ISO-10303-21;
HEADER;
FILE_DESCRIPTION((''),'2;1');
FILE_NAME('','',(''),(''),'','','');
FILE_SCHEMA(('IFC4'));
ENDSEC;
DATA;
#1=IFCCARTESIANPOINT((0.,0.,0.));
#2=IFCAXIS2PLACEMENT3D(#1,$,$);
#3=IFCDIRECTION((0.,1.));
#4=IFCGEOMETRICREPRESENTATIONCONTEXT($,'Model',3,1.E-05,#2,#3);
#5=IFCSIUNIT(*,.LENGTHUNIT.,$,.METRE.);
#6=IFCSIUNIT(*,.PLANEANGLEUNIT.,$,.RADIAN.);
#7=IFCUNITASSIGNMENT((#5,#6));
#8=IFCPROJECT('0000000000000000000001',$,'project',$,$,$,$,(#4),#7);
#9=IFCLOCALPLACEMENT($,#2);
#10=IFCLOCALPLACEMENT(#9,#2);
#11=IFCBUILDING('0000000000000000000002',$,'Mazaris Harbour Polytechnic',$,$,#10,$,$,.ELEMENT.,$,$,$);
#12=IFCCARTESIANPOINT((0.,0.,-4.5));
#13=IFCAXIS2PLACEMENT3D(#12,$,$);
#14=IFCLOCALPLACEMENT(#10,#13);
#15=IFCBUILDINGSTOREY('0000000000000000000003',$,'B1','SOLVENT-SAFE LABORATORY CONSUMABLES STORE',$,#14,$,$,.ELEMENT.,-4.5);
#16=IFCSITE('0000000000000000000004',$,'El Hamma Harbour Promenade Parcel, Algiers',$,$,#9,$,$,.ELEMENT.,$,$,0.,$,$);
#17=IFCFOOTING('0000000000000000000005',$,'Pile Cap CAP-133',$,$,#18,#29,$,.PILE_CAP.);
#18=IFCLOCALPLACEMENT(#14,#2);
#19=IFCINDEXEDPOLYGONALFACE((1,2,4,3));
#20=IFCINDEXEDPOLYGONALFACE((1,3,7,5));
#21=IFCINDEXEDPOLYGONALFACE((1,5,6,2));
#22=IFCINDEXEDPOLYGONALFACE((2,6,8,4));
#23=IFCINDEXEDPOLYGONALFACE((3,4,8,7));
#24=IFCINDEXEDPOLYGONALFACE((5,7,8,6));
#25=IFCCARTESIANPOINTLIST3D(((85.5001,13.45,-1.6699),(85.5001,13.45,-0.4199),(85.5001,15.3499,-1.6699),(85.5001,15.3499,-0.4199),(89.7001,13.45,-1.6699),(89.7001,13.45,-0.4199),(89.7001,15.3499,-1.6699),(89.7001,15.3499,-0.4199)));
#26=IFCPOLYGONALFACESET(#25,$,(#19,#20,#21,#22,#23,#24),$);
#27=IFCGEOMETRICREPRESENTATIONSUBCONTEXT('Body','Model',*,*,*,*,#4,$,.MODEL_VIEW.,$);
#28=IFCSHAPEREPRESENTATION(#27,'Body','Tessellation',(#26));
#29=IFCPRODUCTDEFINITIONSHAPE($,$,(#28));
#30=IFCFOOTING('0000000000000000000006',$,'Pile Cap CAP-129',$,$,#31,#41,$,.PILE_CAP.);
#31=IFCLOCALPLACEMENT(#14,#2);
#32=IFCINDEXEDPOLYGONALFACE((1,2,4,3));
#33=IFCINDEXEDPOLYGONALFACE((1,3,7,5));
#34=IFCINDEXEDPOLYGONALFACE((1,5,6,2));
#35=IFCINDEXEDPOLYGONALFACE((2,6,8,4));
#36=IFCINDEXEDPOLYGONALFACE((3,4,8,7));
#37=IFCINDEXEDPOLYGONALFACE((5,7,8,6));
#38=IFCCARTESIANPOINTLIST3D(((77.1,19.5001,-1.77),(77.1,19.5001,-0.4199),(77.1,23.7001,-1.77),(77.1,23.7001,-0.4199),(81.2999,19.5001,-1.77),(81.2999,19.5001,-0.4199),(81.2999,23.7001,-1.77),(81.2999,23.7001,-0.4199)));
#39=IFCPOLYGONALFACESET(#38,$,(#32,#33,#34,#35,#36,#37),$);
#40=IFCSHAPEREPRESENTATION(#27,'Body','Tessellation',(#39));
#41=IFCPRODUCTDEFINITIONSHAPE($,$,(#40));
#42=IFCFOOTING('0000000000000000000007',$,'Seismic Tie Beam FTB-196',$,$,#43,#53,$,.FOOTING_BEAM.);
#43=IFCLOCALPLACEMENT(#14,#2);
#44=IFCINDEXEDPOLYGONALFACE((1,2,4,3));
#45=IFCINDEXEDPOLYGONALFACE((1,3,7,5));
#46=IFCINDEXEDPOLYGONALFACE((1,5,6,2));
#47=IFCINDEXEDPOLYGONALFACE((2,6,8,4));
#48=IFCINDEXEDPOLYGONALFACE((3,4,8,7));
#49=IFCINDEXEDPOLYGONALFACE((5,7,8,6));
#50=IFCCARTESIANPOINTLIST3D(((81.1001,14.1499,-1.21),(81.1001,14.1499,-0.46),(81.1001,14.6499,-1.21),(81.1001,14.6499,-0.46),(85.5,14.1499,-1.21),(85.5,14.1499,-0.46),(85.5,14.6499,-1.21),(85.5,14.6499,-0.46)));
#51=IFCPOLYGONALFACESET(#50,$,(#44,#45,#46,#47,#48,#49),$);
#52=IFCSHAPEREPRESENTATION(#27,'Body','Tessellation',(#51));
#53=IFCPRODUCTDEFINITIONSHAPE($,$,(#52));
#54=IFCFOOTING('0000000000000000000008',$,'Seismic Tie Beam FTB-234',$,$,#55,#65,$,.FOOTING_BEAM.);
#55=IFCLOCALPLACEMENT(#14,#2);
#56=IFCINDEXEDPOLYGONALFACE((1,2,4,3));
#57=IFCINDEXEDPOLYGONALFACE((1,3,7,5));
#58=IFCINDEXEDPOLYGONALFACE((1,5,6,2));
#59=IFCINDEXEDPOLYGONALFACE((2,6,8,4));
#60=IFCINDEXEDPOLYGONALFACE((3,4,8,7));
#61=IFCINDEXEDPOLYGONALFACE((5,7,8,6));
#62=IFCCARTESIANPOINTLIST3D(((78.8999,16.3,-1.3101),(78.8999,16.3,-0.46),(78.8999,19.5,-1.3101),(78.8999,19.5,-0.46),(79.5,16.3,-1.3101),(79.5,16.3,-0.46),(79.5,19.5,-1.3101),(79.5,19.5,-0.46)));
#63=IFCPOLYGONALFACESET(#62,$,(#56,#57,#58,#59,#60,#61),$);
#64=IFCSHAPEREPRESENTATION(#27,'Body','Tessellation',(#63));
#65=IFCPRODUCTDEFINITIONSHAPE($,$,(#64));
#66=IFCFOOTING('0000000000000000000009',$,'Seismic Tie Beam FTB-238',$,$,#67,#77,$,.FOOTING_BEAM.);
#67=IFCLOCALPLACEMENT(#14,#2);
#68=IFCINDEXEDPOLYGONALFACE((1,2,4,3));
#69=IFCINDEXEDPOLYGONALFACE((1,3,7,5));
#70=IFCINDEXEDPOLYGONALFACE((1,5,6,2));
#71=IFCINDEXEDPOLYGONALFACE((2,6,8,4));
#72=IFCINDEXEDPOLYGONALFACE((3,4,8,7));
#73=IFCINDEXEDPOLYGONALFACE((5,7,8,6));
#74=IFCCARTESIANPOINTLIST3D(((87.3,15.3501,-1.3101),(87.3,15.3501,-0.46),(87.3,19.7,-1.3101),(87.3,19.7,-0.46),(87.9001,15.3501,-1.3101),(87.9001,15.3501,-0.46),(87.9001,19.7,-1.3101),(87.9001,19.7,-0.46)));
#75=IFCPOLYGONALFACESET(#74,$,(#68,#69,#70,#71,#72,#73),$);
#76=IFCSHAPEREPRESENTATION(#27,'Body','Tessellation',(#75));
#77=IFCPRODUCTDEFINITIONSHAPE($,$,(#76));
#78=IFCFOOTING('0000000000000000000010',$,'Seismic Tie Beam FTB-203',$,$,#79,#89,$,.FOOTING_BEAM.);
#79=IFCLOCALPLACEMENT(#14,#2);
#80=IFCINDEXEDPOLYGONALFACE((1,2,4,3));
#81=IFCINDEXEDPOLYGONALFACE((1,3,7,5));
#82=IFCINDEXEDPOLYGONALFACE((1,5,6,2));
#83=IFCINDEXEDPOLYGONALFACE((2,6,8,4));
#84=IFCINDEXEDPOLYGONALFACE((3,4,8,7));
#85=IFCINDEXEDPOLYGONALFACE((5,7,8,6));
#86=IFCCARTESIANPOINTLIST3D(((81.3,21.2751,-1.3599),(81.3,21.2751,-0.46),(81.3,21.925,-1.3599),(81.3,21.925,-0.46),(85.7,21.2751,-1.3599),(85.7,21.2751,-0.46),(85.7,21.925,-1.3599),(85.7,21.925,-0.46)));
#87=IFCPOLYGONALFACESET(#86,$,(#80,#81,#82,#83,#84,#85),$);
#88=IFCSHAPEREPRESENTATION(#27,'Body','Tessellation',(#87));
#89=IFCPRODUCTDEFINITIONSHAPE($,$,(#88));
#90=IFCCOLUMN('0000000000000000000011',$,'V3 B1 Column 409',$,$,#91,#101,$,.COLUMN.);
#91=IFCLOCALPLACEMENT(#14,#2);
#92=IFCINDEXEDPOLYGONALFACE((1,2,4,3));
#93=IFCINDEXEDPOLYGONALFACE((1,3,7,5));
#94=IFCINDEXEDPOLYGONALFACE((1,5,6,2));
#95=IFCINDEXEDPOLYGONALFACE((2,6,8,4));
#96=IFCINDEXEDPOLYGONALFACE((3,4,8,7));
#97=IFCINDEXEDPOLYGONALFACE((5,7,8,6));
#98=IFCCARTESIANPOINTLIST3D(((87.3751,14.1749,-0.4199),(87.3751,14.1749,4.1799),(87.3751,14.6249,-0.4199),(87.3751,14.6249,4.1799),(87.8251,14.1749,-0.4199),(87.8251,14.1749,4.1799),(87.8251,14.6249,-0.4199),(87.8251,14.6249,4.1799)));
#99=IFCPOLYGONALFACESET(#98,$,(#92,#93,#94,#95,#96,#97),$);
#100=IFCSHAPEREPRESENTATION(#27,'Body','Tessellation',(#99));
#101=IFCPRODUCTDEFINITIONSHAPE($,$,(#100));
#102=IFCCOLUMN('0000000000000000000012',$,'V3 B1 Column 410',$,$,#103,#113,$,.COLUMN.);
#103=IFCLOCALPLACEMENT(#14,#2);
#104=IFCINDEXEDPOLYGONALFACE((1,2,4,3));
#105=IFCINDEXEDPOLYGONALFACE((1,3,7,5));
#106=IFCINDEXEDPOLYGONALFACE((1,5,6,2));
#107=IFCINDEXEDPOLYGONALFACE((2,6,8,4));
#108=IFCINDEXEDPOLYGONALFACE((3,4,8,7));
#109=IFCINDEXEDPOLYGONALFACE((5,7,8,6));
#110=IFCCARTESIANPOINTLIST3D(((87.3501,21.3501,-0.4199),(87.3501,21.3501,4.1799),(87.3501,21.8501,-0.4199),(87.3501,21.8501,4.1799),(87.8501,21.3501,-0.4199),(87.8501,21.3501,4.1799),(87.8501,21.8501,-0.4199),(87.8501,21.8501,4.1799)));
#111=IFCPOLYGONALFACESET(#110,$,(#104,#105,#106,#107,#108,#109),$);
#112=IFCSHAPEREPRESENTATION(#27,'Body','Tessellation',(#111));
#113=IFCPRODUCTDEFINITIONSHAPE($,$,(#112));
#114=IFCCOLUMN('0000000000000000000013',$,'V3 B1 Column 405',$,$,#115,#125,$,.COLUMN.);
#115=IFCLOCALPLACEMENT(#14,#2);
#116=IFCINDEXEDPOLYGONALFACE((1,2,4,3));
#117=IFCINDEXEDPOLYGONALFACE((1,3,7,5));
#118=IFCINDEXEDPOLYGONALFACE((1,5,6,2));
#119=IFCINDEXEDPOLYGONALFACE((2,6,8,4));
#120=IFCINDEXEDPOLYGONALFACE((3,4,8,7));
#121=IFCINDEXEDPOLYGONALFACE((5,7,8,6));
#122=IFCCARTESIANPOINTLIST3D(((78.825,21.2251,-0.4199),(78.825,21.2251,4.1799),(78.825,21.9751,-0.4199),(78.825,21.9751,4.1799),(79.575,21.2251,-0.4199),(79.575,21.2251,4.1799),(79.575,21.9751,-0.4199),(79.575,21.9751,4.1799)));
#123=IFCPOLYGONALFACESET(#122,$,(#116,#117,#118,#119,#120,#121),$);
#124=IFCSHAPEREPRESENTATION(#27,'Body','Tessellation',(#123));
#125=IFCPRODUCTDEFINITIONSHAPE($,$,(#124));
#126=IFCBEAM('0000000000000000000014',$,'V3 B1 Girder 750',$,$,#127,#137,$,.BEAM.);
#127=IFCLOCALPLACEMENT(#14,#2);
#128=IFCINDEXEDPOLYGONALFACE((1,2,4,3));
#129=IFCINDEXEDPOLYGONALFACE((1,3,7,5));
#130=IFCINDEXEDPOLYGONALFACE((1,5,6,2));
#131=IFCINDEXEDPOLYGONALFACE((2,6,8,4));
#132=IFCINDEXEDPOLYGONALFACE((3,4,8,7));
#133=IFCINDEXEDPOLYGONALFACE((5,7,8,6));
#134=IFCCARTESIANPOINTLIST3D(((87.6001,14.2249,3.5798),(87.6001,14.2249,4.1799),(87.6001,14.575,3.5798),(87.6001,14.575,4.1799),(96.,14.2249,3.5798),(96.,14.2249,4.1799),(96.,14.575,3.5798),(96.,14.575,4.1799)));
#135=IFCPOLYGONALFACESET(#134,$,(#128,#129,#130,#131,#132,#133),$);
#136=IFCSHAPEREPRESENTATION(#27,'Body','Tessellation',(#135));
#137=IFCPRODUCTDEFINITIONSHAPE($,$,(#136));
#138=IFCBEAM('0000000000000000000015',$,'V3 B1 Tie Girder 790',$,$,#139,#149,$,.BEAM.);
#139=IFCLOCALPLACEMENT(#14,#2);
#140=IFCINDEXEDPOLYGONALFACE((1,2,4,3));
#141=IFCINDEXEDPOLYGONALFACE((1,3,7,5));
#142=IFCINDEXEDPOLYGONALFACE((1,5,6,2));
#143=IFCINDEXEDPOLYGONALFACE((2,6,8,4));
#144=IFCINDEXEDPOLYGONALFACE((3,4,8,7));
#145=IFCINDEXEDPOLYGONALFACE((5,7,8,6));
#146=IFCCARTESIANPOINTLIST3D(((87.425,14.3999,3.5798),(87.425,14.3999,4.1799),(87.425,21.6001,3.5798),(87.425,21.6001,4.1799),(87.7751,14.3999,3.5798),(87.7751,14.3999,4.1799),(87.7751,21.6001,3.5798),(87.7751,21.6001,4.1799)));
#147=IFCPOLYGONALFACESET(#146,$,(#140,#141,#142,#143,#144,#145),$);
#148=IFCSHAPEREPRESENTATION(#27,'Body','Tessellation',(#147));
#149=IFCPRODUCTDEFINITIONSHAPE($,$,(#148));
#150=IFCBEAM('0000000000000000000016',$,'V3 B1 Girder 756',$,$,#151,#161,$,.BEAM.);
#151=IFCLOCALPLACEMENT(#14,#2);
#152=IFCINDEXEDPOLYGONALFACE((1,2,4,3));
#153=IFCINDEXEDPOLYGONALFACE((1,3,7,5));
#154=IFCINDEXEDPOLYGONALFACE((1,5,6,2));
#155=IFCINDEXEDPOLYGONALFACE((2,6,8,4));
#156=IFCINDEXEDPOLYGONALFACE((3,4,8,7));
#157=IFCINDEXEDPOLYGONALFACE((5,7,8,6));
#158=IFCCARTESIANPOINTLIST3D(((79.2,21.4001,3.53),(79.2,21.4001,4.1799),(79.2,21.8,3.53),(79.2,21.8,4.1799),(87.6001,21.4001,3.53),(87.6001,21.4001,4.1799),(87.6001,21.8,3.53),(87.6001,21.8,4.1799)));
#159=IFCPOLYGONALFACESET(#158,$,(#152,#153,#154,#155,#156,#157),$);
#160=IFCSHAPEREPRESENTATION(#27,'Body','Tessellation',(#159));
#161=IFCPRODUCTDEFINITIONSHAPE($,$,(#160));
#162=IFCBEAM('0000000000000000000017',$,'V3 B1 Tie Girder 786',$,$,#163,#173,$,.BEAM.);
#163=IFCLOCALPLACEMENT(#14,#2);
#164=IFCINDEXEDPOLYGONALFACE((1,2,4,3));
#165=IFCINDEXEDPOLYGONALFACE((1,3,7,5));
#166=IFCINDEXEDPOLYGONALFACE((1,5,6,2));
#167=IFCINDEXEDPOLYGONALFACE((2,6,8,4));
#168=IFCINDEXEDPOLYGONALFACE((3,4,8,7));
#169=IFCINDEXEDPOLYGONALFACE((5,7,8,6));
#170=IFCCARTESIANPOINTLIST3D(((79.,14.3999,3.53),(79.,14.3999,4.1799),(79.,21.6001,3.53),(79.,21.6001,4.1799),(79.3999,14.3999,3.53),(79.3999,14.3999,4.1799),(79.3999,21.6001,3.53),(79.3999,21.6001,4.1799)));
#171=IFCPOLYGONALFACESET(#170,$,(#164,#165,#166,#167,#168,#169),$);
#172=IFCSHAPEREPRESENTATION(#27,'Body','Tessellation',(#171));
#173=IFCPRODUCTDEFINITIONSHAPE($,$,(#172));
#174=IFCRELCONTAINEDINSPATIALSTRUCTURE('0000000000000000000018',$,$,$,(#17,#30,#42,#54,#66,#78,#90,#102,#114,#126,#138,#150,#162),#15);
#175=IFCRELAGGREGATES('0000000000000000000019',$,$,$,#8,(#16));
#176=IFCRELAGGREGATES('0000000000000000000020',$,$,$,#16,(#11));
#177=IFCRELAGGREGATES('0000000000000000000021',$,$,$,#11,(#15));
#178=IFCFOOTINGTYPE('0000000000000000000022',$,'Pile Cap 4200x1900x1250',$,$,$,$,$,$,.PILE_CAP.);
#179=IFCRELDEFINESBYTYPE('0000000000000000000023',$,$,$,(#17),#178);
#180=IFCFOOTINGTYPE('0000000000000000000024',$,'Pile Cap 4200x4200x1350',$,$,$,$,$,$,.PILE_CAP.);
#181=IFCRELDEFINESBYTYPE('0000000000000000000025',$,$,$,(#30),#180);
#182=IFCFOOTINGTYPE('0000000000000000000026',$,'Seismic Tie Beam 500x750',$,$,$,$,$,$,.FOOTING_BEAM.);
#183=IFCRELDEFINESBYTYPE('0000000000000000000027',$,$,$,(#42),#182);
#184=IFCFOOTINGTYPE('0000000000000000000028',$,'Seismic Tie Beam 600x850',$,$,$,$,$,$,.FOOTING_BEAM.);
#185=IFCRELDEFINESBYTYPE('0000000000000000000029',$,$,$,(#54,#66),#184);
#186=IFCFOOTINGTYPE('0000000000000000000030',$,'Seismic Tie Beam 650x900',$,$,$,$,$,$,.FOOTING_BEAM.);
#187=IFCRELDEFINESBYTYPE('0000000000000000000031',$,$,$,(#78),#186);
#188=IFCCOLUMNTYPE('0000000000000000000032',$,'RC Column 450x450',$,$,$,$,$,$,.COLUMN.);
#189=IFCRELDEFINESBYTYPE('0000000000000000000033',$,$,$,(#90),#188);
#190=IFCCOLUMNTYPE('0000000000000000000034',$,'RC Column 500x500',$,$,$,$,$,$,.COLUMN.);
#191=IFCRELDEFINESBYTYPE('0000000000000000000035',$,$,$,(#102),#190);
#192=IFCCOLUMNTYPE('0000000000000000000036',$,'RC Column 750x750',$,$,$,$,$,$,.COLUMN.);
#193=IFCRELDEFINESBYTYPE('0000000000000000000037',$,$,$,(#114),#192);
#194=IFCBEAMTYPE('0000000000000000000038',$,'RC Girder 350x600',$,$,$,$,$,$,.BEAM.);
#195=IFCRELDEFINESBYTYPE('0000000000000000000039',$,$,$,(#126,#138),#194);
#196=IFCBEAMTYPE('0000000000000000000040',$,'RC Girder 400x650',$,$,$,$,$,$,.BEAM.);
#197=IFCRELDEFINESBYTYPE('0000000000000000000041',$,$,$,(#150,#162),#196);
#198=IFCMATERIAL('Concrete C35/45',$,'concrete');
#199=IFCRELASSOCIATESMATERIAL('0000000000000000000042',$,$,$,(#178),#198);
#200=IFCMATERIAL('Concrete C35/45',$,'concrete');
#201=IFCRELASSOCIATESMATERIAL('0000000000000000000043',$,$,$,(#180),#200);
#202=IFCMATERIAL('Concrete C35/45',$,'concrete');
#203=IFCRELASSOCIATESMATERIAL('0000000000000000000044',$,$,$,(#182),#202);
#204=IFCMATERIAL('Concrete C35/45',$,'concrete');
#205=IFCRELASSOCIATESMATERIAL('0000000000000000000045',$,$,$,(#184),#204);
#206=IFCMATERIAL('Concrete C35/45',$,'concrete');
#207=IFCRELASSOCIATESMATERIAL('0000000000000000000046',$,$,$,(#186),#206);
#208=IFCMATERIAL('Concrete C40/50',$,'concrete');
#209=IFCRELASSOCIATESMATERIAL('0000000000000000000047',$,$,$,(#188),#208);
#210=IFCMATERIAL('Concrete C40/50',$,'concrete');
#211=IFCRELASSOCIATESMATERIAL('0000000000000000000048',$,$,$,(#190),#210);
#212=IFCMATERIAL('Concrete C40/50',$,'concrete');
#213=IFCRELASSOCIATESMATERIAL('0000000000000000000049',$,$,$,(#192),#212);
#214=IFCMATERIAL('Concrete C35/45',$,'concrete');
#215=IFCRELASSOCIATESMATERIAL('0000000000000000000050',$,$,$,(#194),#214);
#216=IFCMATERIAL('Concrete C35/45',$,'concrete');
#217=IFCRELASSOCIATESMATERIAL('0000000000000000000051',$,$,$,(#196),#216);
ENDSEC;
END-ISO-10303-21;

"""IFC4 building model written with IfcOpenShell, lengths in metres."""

from ifc_helpers import new_model, si_unit, direction, frame, origin, origin_2d, place, context, subcontext, project, spatial, rectangle, extrude, material, material_profile, profile_set, type_object, element, save


model = new_model("IFC4")

# Units and contexts
model_context = context("Model", 3, precision=1e-05, world=origin(), true_north=direction((0.0, 1.0)))
body_context = subcontext(model_context, "Body", "Model", "MODEL_VIEW")
ifc_project = project(units=[si_unit("LENGTHUNIT", "METRE"), si_unit("PLANEANGLEUNIT", "RADIAN")], contexts=[model_context])

# Site, building, storey
site_placement = place(None, origin())
site = spatial("IfcSite", under=ifc_project, at=site_placement, Name="El Hamma Harbour Promenade Parcel, Algiers", CompositionType="ELEMENT", RefElevation=0.0)
building_placement = place(site_placement, origin())
building = spatial("IfcBuilding", under=site, at=building_placement, Name="Mazaris Harbour Polytechnic", CompositionType="ELEMENT")
storey_placement = place(building_placement, frame((0.0, 0.0, -4.5)))
storey = spatial("IfcBuildingStorey", under=building, at=storey_placement, Name="B1", Description="SOLVENT-SAFE LABORATORY CONSUMABLES STORE", CompositionType="ELEMENT", Elevation=-4.5)

# Footings
ifc_material_1 = material(Name="Concrete C35/45", Category="concrete")
footing_type_1 = type_object("IfcFootingType", Name="Pile Cap 4200x1900x1250", PredefinedType="PILE_CAP", material=ifc_material_1)
footing_1_placement = place(storey_placement, frame((87.6001, 14.3999, -1.6699), z_axis=(0.0, 0.0, 1.0), x_axis=(1.0, 0.0, 0.0)))
element("IfcFooting", 1, at=footing_1_placement, inside=storey, type_object=footing_type_1, Name="Pile Cap CAP-133", PredefinedType="PILE_CAP", context=body_context, shape_type="SweptSolid", body=[
    extrude(rectangle(XDim=4.2, YDim=1.8999, at=origin_2d()), origin(), (0.0, 0.0, 1.0), 1.25),
])
ifc_material_2 = material(Name="Concrete C35/45", Category="concrete")
footing_type_2 = type_object("IfcFootingType", Name="Pile Cap 4200x4200x1350", PredefinedType="PILE_CAP", material=ifc_material_2)
footing_2_placement = place(storey_placement, frame((79.2, 21.6001, -1.77), z_axis=(0.0, 0.0, 1.0), x_axis=(1.0, 0.0, 0.0)))
element("IfcFooting", 2, at=footing_2_placement, inside=storey, type_object=footing_type_2, Name="Pile Cap CAP-129", PredefinedType="PILE_CAP", context=body_context, shape_type="SweptSolid", body=[
    extrude(rectangle(XDim=4.2, YDim=4.2, at=origin_2d()), origin(), (0.0, 0.0, 1.0), 1.3501),
])
ifc_material_3 = material(Name="Concrete C35/45", Category="concrete")
ifc_material_profile_1 = material_profile(ifc_material_3, rectangle(XDim=0.5, YDim=0.75, at=origin_2d()), Name="RECT500x750")
ifc_profile_set_1 = profile_set([ifc_material_profile_1], Name="Concrete C35/45")
footing_type_3 = type_object("IfcFootingType", Name="Seismic Tie Beam 500x750", PredefinedType="FOOTING_BEAM", material=ifc_profile_set_1)
footing_3_placement = place(storey_placement, frame((81.1001, 14.3999, -0.835), z_axis=(1.0, 0.0, 0.0), x_axis=(0.0, 1.0, 0.0)))
element("IfcFooting", 3, at=footing_3_placement, inside=storey, type_object=footing_type_3, Name="Seismic Tie Beam FTB-196", PredefinedType="FOOTING_BEAM", context=body_context, shape_type="SweptSolid", body=[
    extrude(rectangle(XDim=0.5, YDim=0.75, at=origin_2d()), origin(), (0.0, 0.0, 1.0), 4.3999),
])
ifc_material_4 = material(Name="Concrete C35/45", Category="concrete")
ifc_material_profile_2 = material_profile(ifc_material_4, rectangle(XDim=0.6001, YDim=0.8501, at=origin_2d()), Name="RECT600x850")
ifc_profile_set_2 = profile_set([ifc_material_profile_2], Name="Concrete C35/45")
footing_type_4 = type_object("IfcFootingType", Name="Seismic Tie Beam 600x850", PredefinedType="FOOTING_BEAM", material=ifc_profile_set_2)
footing_4_placement = place(storey_placement, frame((79.2, 16.3, -0.885), z_axis=(0.0, 1.0, 0.0), x_axis=(-1.0, 0.0, 0.0)))
element("IfcFooting", 4, at=footing_4_placement, inside=storey, type_object=footing_type_4, Name="Seismic Tie Beam FTB-234", PredefinedType="FOOTING_BEAM", context=body_context, shape_type="SweptSolid", body=[
    extrude(rectangle(XDim=0.6001, YDim=0.8501, at=origin_2d()), origin(), (0.0, 0.0, 1.0), 3.2),
])
footing_5_placement = place(storey_placement, frame((87.6001, 15.3501, -0.885), z_axis=(0.0, 1.0, 0.0), x_axis=(-1.0, 0.0, 0.0)))
element("IfcFooting", 5, at=footing_5_placement, inside=storey, type_object=footing_type_4, Name="Seismic Tie Beam FTB-238", PredefinedType="FOOTING_BEAM", context=body_context, shape_type="SweptSolid", body=[
    extrude(rectangle(XDim=0.6001, YDim=0.8501, at=origin_2d()), origin(), (0.0, 0.0, 1.0), 4.3499),
])
ifc_material_5 = material(Name="Concrete C35/45", Category="concrete")
ifc_material_profile_3 = material_profile(ifc_material_5, rectangle(XDim=0.6499, YDim=0.8999, at=origin_2d()), Name="RECT650x900")
ifc_profile_set_3 = profile_set([ifc_material_profile_3], Name="Concrete C35/45")
footing_type_5 = type_object("IfcFootingType", Name="Seismic Tie Beam 650x900", PredefinedType="FOOTING_BEAM", material=ifc_profile_set_3)
footing_6_placement = place(storey_placement, frame((81.3, 21.6001, -0.9099), z_axis=(1.0, 0.0, 0.0), x_axis=(0.0, 1.0, 0.0)))
element("IfcFooting", 6, at=footing_6_placement, inside=storey, type_object=footing_type_5, Name="Seismic Tie Beam FTB-203", PredefinedType="FOOTING_BEAM", context=body_context, shape_type="SweptSolid", body=[
    extrude(rectangle(XDim=0.6499, YDim=0.8999, at=origin_2d()), origin(), (0.0, 0.0, 1.0), 4.3999),
])

# Columns
ifc_material_6 = material(Name="Concrete C40/50", Category="concrete")
ifc_material_profile_4 = material_profile(ifc_material_6, rectangle(XDim=0.45, YDim=0.45, at=origin_2d()), Name="RECT450x450")
ifc_profile_set_4 = profile_set([ifc_material_profile_4], Name="Concrete C40/50")
column_type_1 = type_object("IfcColumnType", Name="RC Column 450x450", PredefinedType="COLUMN", material=ifc_profile_set_4)
column_1_placement = place(storey_placement, frame((87.6001, 14.3999, -0.4199), z_axis=(0.0, 0.0, 1.0), x_axis=(1.0, 0.0, 0.0)))
element("IfcColumn", 7, at=column_1_placement, inside=storey, type_object=column_type_1, Name="V3 B1 Column 409", PredefinedType="COLUMN", context=body_context, shape_type="SweptSolid", body=[
    extrude(rectangle(XDim=0.45, YDim=0.45, at=origin_2d()), origin(), (0.0, 0.0, 1.0), 4.5999),
])
ifc_material_7 = material(Name="Concrete C40/50", Category="concrete")
ifc_material_profile_5 = material_profile(ifc_material_7, rectangle(XDim=0.5, YDim=0.5, at=origin_2d()), Name="RECT500x500")
ifc_profile_set_5 = profile_set([ifc_material_profile_5], Name="Concrete C40/50")
column_type_2 = type_object("IfcColumnType", Name="RC Column 500x500", PredefinedType="COLUMN", material=ifc_profile_set_5)
column_2_placement = place(storey_placement, frame((87.6001, 21.6001, -0.4199), z_axis=(0.0, 0.0, 1.0), x_axis=(1.0, 0.0, 0.0)))
element("IfcColumn", 8, at=column_2_placement, inside=storey, type_object=column_type_2, Name="V3 B1 Column 410", PredefinedType="COLUMN", context=body_context, shape_type="SweptSolid", body=[
    extrude(rectangle(XDim=0.5, YDim=0.5, at=origin_2d()), origin(), (0.0, 0.0, 1.0), 4.5999),
])
ifc_material_8 = material(Name="Concrete C40/50", Category="concrete")
ifc_material_profile_6 = material_profile(ifc_material_8, rectangle(XDim=0.75, YDim=0.75, at=origin_2d()), Name="RECT750x750")
ifc_profile_set_6 = profile_set([ifc_material_profile_6], Name="Concrete C40/50")
column_type_3 = type_object("IfcColumnType", Name="RC Column 750x750", PredefinedType="COLUMN", material=ifc_profile_set_6)
column_3_placement = place(storey_placement, frame((79.2, 21.6001, -0.4199), z_axis=(0.0, 0.0, 1.0), x_axis=(1.0, 0.0, 0.0)))
element("IfcColumn", 9, at=column_3_placement, inside=storey, type_object=column_type_3, Name="V3 B1 Column 405", PredefinedType="COLUMN", context=body_context, shape_type="SweptSolid", body=[
    extrude(rectangle(XDim=0.75, YDim=0.75, at=origin_2d()), origin(), (0.0, 0.0, 1.0), 4.5999),
])

# Beams
ifc_material_9 = material(Name="Concrete C35/45", Category="concrete")
ifc_material_profile_7 = material_profile(ifc_material_9, rectangle(XDim=0.3501, YDim=0.6001, at=origin_2d()), Name="RECT350x600")
ifc_profile_set_7 = profile_set([ifc_material_profile_7], Name="Concrete C35/45")
beam_type_1 = type_object("IfcBeamType", Name="RC Girder 350x600", PredefinedType="BEAM", material=ifc_profile_set_7)
beam_1_placement = place(storey_placement, frame((87.6001, 14.3999, 3.8799), z_axis=(1.0, 0.0, 0.0), x_axis=(0.0, 1.0, 0.0)))
element("IfcBeam", 10, at=beam_1_placement, inside=storey, type_object=beam_type_1, Name="V3 B1 Girder 750", PredefinedType="BEAM", context=body_context, shape_type="SweptSolid", body=[
    extrude(rectangle(XDim=0.3501, YDim=0.6001, at=origin_2d()), origin(), (0.0, 0.0, 1.0), 8.3999),
])
beam_2_placement = place(storey_placement, frame((87.6001, 14.3999, 3.8799), z_axis=(0.0, 1.0, 0.0), x_axis=(-1.0, 0.0, 0.0)))
element("IfcBeam", 11, at=beam_2_placement, inside=storey, type_object=beam_type_1, Name="V3 B1 Tie Girder 790", PredefinedType="BEAM", context=body_context, shape_type="SweptSolid", body=[
    extrude(rectangle(XDim=0.3501, YDim=0.6001, at=origin_2d()), origin(), (0.0, 0.0, 1.0), 7.2002),
])
ifc_material_10 = material(Name="Concrete C35/45", Category="concrete")
ifc_material_profile_8 = material_profile(ifc_material_10, rectangle(XDim=0.3999, YDim=0.6499, at=origin_2d()), Name="RECT400x650")
ifc_profile_set_8 = profile_set([ifc_material_profile_8], Name="Concrete C35/45")
beam_type_2 = type_object("IfcBeamType", Name="RC Girder 400x650", PredefinedType="BEAM", material=ifc_profile_set_8)
beam_3_placement = place(storey_placement, frame((79.2, 21.6001, 3.855), z_axis=(1.0, 0.0, 0.0), x_axis=(0.0, 1.0, 0.0)))
element("IfcBeam", 12, at=beam_3_placement, inside=storey, type_object=beam_type_2, Name="V3 B1 Girder 756", PredefinedType="BEAM", context=body_context, shape_type="SweptSolid", body=[
    extrude(rectangle(XDim=0.3999, YDim=0.6499, at=origin_2d()), origin(), (0.0, 0.0, 1.0), 8.4001),
])
beam_4_placement = place(storey_placement, frame((79.2, 14.3999, 3.855), z_axis=(0.0, 1.0, 0.0), x_axis=(-1.0, 0.0, 0.0)))
element("IfcBeam", 13, at=beam_4_placement, inside=storey, type_object=beam_type_2, Name="V3 B1 Tie Girder 786", PredefinedType="BEAM", context=body_context, shape_type="SweptSolid", body=[
    extrude(rectangle(XDim=0.3999, YDim=0.6499, at=origin_2d()), origin(), (0.0, 0.0, 1.0), 7.2002),
])

save(model, "model.ifc")
